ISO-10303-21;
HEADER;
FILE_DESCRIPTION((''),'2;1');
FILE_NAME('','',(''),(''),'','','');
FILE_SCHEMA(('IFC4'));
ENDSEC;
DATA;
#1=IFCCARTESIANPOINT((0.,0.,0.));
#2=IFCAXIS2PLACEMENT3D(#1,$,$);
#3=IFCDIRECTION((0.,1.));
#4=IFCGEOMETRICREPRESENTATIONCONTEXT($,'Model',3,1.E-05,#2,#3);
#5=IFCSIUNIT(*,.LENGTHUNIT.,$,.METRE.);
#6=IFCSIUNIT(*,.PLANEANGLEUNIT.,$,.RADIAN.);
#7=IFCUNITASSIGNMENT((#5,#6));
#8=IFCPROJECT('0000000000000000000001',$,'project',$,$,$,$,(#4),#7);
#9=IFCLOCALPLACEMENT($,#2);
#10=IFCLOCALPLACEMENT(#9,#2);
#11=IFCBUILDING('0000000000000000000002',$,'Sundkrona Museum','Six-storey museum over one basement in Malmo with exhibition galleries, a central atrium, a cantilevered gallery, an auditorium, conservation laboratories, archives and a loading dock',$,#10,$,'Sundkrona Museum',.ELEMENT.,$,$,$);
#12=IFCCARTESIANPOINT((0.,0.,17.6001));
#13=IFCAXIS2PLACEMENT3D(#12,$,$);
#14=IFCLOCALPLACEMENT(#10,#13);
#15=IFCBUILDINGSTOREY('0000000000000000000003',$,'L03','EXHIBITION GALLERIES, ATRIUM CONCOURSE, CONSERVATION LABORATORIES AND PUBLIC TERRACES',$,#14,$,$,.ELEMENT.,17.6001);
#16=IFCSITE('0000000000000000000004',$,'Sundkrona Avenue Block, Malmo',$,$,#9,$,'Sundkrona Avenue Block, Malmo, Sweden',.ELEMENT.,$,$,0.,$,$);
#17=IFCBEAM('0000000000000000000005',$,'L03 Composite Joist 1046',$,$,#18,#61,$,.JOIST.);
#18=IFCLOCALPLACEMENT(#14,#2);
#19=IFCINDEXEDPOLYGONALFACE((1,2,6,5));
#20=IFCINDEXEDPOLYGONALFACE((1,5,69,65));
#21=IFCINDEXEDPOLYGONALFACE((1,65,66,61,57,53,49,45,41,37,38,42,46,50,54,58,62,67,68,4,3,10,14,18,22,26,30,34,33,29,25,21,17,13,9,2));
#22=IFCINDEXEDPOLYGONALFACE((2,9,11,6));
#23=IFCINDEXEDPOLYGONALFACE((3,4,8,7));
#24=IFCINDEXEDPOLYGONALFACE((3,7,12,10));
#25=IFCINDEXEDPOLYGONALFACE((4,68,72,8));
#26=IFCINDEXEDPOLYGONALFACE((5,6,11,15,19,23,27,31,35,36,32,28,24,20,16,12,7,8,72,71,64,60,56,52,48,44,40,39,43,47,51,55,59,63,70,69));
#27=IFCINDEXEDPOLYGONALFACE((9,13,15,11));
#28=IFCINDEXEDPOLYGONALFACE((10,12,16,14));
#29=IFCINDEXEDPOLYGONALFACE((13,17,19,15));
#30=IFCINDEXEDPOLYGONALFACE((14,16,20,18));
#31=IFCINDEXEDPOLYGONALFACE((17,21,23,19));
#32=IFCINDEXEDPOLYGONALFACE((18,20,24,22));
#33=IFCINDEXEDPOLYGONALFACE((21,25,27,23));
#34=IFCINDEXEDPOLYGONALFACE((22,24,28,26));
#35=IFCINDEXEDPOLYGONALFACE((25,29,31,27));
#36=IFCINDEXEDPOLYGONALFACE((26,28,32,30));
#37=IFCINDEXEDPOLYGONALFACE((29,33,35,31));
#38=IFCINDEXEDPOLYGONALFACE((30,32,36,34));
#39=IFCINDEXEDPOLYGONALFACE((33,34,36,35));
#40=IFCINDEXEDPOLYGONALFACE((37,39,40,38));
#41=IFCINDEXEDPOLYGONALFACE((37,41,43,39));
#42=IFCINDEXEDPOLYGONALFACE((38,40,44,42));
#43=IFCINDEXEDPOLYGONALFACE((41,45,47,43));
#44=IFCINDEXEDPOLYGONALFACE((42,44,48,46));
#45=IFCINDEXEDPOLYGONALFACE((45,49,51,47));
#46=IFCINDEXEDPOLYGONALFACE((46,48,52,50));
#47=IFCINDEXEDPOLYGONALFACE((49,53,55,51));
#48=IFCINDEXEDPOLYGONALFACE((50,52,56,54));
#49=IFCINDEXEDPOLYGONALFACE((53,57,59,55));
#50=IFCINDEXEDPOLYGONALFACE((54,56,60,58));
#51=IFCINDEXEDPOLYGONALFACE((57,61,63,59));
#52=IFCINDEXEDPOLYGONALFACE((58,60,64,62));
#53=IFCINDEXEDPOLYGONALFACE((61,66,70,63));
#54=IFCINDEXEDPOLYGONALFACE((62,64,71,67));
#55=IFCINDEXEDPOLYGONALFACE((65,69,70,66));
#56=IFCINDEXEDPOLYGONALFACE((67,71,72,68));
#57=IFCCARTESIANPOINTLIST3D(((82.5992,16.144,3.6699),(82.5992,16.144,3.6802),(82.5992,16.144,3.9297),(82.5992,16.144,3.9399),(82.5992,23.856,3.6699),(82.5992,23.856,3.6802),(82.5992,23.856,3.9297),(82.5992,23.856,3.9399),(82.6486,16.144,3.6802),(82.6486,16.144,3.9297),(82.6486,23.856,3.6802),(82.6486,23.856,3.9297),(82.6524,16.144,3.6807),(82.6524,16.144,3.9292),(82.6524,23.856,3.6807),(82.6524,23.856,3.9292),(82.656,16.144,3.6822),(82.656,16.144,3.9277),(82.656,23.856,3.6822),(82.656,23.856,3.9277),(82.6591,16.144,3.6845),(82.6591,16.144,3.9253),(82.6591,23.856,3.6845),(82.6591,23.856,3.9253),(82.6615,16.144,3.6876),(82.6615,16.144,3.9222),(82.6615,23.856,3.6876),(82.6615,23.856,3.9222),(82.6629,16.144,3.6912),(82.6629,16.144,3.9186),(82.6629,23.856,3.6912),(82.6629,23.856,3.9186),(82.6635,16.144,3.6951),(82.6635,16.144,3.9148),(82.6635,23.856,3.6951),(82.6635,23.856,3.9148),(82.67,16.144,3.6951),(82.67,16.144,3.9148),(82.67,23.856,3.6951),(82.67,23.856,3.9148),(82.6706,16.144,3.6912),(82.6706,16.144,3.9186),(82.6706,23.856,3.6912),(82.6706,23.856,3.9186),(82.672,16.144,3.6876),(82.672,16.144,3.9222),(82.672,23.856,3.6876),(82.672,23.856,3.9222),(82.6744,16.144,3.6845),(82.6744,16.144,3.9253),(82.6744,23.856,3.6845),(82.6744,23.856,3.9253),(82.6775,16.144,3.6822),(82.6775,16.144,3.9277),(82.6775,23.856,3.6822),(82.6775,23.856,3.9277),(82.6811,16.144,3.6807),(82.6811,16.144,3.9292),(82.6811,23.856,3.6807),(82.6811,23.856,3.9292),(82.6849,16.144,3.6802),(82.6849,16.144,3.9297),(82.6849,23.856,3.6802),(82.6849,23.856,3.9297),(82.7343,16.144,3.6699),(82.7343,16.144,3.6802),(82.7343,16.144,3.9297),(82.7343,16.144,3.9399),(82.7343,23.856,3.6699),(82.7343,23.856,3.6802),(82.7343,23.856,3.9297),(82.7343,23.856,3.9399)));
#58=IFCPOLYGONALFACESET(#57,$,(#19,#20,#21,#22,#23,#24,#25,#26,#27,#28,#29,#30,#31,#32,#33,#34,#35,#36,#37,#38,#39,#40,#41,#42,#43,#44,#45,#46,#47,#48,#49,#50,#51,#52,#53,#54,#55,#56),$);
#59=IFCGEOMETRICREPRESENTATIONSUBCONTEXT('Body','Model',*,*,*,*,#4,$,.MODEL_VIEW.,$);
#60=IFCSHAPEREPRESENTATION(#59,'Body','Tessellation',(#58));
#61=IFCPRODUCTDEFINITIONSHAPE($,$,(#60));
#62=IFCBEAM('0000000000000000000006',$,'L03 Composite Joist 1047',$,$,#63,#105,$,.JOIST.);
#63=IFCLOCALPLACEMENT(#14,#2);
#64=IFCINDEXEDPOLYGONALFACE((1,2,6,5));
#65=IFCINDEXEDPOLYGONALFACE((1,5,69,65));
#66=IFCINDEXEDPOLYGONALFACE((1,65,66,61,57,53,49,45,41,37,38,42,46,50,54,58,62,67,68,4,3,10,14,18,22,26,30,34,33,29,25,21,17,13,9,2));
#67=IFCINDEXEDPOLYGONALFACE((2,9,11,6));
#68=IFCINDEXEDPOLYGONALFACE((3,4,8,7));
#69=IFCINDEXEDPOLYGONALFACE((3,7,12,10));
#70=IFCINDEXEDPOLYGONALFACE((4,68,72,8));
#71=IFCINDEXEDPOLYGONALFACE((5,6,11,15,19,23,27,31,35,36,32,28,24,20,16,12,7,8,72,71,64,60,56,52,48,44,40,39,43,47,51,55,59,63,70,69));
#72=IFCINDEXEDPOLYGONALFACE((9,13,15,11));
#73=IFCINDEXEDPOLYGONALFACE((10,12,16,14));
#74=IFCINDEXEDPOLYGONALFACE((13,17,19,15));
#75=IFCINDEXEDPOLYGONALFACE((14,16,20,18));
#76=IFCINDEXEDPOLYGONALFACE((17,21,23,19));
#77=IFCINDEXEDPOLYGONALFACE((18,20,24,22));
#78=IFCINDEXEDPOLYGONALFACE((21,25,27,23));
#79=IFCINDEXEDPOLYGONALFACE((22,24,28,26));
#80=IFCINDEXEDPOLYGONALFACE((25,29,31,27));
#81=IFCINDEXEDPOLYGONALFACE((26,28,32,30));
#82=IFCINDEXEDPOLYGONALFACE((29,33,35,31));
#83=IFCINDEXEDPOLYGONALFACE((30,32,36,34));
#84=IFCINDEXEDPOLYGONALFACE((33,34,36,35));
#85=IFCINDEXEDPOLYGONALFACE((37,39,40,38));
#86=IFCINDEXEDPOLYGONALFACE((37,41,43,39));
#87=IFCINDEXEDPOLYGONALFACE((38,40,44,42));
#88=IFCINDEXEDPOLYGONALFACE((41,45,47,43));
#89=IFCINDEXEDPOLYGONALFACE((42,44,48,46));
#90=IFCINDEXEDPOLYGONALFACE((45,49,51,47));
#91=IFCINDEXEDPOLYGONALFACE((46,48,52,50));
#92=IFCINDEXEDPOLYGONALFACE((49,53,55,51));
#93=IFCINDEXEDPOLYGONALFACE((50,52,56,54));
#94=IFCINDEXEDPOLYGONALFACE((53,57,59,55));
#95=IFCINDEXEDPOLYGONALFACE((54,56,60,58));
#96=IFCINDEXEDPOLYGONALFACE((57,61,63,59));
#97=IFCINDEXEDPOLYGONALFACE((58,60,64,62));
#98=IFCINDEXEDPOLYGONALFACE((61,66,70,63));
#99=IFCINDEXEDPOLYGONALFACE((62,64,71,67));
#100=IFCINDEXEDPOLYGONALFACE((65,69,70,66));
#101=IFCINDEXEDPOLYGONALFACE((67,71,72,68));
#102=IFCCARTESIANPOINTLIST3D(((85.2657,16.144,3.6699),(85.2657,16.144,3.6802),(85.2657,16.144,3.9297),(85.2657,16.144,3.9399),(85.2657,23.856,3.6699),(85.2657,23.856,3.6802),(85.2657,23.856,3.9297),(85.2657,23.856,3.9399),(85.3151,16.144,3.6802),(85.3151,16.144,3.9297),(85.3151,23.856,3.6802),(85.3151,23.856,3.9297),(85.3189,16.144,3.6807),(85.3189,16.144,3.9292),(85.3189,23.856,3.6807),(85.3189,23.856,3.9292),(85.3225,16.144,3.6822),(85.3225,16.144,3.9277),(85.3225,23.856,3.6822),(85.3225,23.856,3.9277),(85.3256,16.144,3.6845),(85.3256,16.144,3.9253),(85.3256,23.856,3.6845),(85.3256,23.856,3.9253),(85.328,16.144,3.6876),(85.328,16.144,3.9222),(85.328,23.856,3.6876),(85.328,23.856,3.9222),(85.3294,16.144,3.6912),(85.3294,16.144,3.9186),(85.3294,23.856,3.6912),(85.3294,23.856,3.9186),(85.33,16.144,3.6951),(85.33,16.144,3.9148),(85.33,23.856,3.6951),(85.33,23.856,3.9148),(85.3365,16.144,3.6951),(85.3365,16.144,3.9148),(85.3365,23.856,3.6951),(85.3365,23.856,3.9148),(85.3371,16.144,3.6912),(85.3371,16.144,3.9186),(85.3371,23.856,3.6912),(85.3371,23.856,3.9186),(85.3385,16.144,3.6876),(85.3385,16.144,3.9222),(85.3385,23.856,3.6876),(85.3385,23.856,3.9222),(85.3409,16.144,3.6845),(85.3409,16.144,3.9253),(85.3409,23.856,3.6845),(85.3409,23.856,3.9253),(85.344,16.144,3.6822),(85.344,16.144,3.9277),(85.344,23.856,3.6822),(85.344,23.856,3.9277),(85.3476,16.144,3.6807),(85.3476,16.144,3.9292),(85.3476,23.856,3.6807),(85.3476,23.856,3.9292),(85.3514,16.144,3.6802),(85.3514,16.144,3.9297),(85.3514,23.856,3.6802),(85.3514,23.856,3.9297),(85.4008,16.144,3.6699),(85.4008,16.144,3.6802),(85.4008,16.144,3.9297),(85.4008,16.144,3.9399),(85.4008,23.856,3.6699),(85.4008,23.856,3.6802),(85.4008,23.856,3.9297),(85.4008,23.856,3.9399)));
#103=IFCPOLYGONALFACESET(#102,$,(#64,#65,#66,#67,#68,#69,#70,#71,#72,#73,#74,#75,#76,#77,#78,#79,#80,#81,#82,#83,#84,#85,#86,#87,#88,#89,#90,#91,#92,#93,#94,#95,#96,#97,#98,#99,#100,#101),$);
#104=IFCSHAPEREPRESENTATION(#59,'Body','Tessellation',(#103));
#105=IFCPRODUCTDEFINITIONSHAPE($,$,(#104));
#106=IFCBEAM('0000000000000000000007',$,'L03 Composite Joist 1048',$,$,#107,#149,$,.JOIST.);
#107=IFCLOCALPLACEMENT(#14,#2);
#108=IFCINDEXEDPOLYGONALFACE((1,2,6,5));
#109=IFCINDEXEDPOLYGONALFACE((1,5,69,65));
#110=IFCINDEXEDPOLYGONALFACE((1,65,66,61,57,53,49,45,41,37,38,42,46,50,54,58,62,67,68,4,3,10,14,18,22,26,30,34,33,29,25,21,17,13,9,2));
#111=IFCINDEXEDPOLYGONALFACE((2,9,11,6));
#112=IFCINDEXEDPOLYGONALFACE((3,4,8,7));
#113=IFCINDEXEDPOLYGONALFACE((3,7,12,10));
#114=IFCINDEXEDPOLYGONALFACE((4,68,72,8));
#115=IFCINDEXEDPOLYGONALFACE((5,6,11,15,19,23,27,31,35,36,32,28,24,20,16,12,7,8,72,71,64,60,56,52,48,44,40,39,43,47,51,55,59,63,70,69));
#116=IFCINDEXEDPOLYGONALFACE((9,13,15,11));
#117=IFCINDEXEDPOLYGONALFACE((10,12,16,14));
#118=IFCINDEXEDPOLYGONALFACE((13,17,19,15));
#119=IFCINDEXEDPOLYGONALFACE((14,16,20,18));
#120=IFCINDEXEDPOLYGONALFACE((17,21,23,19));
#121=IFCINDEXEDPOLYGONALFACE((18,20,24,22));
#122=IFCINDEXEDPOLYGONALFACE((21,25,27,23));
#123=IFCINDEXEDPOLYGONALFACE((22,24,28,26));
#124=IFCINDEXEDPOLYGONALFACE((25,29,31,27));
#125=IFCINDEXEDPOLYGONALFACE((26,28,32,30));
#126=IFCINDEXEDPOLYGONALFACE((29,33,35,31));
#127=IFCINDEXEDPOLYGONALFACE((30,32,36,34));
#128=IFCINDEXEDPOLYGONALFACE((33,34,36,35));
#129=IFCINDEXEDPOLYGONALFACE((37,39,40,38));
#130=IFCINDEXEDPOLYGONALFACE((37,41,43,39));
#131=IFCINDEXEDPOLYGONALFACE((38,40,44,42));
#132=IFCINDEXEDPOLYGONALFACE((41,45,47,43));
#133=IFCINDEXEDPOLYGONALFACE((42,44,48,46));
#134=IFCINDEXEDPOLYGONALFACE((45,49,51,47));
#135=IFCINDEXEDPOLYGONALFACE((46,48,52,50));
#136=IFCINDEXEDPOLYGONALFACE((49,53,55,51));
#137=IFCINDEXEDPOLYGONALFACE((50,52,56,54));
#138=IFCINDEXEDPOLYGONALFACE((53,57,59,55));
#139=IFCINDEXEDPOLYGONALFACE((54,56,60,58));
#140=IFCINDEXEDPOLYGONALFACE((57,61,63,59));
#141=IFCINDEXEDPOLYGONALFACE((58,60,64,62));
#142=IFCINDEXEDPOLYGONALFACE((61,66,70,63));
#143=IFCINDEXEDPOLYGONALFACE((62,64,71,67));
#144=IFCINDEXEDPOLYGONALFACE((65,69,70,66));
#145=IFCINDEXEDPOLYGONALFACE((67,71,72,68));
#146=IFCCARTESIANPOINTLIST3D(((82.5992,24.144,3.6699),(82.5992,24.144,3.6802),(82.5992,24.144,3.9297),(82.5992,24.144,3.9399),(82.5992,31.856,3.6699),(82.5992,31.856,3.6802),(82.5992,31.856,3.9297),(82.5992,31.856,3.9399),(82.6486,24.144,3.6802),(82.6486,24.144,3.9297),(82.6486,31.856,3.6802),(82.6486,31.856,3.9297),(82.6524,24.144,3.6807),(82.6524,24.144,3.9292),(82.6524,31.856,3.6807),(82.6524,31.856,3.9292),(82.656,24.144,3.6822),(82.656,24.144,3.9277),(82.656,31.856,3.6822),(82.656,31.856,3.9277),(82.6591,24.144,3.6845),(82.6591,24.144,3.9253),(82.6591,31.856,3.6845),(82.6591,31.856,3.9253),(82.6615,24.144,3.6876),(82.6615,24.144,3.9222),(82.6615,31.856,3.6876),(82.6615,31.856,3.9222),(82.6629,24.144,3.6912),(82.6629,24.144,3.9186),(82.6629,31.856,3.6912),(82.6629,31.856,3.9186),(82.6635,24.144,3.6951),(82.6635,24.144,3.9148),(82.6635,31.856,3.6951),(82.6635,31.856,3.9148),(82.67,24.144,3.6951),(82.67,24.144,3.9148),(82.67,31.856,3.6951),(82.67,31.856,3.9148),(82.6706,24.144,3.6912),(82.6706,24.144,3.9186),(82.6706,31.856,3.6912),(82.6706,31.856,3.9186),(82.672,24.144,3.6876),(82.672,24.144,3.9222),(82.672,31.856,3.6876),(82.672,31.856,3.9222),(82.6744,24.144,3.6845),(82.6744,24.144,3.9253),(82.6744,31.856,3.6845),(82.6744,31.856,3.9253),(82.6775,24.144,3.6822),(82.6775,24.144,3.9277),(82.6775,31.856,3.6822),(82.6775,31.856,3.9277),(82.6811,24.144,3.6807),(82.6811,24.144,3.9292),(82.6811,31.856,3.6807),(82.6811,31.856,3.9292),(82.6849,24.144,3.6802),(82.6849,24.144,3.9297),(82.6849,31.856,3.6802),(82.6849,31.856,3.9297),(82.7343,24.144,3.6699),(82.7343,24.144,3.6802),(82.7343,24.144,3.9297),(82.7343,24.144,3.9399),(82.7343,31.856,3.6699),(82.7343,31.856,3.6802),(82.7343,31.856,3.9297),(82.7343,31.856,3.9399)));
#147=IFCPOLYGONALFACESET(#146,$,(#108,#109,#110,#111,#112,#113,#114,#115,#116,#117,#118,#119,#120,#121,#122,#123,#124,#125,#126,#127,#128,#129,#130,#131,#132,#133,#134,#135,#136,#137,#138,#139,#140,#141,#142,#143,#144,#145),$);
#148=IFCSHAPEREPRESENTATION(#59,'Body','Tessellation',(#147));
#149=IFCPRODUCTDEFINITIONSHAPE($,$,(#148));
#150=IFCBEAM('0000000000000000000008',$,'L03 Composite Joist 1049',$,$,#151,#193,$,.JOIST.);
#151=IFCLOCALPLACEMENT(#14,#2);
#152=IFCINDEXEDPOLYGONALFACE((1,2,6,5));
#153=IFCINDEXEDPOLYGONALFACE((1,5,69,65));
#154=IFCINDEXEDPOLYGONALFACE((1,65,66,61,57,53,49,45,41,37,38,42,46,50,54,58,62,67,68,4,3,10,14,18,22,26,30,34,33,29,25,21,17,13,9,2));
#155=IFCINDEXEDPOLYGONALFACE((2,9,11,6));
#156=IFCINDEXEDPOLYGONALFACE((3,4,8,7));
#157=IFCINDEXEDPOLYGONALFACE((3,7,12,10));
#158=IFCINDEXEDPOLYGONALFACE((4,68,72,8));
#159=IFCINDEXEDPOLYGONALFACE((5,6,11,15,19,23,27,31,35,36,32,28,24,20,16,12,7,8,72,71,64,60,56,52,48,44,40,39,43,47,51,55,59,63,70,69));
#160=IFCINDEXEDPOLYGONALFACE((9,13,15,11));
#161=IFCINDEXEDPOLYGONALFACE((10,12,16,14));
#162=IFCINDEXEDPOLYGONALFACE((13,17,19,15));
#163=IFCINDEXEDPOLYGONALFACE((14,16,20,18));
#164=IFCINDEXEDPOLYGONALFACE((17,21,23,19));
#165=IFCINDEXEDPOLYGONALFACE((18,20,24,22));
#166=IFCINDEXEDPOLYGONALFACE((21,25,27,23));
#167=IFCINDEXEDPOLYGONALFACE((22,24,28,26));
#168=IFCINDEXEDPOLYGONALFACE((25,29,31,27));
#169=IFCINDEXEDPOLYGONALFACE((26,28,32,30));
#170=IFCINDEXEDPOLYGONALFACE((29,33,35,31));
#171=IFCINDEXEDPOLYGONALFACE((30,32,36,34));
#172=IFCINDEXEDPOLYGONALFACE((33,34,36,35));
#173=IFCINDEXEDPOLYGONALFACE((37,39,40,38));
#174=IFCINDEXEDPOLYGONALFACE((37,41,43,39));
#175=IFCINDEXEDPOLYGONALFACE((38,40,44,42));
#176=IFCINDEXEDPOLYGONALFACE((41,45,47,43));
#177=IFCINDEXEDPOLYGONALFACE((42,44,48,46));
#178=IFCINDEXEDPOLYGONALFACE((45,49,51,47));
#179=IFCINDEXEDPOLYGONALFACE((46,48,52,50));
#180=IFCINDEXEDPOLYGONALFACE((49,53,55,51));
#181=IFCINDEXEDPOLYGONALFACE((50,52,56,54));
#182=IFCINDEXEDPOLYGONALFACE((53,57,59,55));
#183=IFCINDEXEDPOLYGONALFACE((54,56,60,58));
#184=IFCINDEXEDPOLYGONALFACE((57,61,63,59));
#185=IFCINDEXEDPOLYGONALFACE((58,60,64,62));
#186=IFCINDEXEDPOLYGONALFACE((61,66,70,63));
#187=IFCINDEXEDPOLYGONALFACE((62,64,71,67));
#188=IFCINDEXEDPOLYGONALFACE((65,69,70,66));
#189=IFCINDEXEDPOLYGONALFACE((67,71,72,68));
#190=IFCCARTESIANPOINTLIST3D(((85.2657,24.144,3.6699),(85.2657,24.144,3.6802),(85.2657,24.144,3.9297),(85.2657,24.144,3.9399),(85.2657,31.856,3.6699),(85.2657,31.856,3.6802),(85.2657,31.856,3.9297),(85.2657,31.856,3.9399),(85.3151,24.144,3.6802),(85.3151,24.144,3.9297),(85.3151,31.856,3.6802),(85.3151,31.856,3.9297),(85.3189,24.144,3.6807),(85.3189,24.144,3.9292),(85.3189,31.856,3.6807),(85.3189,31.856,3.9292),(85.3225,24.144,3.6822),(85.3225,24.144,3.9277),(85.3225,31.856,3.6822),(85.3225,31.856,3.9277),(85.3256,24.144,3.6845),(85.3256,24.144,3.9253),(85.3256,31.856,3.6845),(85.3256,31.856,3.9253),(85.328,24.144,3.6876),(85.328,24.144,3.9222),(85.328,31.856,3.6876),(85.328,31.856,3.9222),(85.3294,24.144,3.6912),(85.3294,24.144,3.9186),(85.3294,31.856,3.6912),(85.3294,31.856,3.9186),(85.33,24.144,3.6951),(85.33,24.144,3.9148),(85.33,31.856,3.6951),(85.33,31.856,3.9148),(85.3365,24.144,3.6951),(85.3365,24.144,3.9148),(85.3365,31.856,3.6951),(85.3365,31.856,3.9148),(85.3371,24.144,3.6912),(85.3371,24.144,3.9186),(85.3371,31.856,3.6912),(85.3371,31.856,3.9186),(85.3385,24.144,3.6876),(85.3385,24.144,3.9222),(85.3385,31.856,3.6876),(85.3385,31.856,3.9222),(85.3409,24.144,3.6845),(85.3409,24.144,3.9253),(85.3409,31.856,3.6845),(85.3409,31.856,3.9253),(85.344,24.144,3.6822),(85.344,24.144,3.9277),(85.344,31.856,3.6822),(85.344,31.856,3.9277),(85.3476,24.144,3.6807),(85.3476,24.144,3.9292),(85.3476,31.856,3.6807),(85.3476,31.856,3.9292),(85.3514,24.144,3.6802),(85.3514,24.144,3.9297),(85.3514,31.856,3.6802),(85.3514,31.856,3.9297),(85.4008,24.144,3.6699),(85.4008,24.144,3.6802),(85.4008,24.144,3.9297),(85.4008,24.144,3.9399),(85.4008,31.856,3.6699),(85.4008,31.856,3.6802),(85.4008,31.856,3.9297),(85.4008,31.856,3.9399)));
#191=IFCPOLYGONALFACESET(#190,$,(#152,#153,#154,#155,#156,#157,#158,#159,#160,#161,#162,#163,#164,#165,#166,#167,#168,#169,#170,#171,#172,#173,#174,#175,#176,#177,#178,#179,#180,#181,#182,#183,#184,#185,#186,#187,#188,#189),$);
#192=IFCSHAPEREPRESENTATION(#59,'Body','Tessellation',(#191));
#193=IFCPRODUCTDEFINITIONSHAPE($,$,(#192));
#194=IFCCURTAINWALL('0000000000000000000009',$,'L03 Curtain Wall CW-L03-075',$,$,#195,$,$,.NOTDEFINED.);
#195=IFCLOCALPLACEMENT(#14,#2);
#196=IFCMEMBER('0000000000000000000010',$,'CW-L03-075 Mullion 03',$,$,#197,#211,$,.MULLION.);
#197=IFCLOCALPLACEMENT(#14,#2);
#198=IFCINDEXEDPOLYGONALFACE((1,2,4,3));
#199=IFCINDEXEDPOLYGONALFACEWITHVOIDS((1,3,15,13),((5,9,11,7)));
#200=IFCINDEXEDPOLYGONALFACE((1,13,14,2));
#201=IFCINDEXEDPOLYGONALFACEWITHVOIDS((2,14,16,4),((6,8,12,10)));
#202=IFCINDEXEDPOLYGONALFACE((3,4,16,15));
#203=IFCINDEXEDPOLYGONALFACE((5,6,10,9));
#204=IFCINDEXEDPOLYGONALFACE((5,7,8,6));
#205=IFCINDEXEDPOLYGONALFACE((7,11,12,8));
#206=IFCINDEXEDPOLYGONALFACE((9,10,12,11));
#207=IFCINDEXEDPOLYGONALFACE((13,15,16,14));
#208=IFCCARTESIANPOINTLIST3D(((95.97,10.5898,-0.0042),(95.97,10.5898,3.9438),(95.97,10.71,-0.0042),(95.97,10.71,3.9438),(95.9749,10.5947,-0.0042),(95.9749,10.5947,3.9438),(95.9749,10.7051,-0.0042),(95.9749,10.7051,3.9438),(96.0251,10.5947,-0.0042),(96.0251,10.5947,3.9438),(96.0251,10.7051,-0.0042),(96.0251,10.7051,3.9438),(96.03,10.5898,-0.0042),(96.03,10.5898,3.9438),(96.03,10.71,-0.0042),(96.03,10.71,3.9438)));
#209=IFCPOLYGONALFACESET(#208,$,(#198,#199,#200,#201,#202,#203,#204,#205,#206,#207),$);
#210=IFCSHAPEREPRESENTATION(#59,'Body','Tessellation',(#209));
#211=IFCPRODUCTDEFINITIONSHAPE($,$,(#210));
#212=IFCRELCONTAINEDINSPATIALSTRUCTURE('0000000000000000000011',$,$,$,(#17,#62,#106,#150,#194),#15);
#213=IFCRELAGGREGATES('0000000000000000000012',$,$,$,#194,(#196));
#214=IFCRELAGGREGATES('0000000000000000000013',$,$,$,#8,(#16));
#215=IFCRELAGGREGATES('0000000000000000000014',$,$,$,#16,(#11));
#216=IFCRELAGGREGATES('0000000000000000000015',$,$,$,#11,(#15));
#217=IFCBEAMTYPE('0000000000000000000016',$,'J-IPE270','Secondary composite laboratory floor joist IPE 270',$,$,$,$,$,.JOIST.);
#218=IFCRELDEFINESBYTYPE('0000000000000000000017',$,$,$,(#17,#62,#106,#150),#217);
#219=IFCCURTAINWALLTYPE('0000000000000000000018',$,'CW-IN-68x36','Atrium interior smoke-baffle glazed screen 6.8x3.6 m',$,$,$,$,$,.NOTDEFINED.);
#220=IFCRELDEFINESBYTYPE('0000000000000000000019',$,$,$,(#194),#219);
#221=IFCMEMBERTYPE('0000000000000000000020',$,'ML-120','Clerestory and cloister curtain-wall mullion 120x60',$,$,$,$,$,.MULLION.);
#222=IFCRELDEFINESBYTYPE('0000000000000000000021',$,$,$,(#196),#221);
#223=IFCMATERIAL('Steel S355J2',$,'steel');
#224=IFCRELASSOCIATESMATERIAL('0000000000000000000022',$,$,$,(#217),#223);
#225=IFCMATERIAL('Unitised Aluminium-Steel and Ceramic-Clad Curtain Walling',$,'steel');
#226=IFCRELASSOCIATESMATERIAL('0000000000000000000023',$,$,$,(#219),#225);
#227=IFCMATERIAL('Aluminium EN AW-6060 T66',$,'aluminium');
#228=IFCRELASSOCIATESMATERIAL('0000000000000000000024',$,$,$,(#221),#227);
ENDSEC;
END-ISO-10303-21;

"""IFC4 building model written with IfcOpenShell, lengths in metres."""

from ifc_helpers import new_model, si_unit, direction, frame, origin, origin_2d, place, context, subcontext, project, spatial, hollow_rectangle, i_section, extrude, material, material_profile, profile_set, type_object, element, aggregate, save


model = new_model("IFC4")

# Units and contexts
model_context = context("Model", 3, precision=1e-05, world=origin(), true_north=direction((0.0, 1.0)))
body_context = subcontext(model_context, "Body", "Model", "MODEL_VIEW")
ifc_project = project(units=[si_unit("LENGTHUNIT", "METRE"), si_unit("PLANEANGLEUNIT", "RADIAN")], contexts=[model_context])

# Site, building, storey
site_placement = place(None, origin())
site = spatial("IfcSite", under=ifc_project, at=site_placement, Name="Sundkrona Avenue Block, Malmo", LongName="Sundkrona Avenue Block, Malmo, Sweden", CompositionType="ELEMENT", RefElevation=0.0)
building_placement = place(site_placement, origin())
building = spatial("IfcBuilding", under=site, at=building_placement, Name="Sundkrona Museum", Description="Six-storey museum over one basement in Malmo with exhibition galleries, a central atrium, a cantilevered gallery, an auditorium, conservation laboratories, archives and a loading dock", LongName="Sundkrona Museum", CompositionType="ELEMENT")
storey_placement = place(building_placement, frame((0.0, 0.0, 17.6001)))
storey = spatial("IfcBuildingStorey", under=building, at=storey_placement, Name="L03", Description="EXHIBITION GALLERIES, ATRIUM CONCOURSE, CONSERVATION LABORATORIES AND PUBLIC TERRACES", CompositionType="ELEMENT", Elevation=17.6001)

# Shared definitions
ifc_material_1 = material(Name="Steel S355J2", Category="steel")

# Beams
ifc_material_profile_1 = material_profile(ifc_material_1, i_section(OverallWidth=0.135, OverallDepth=0.27, WebThickness=0.0066, FlangeThickness=0.0103, FilletRadius=0.0149, at=origin_2d()), Name="IPE 270")
ifc_profile_set_1 = profile_set([ifc_material_profile_1], Name="Steel S355J2")
beam_type_1 = type_object("IfcBeamType", Name="J-IPE270", Description="Secondary composite laboratory floor joist IPE 270", PredefinedType="JOIST", material=ifc_profile_set_1)
for number, where, z_axis, x_axis, name in (
    (1, (82.6667, 16.144, 3.8049), (0.0, 1.0, 0.0), (-1.0, 0.0, 0.0), "L03 Composite Joist 1046"),
    (2, (85.3333, 16.144, 3.8049), (0.0, 1.0, 0.0), (-1.0, 0.0, 0.0), "L03 Composite Joist 1047"),
    (3, (82.6667, 24.144, 3.8049), (0.0, 1.0, 0.0), (-1.0, 0.0, 0.0), "L03 Composite Joist 1048"),
    (4, (85.3333, 24.144, 3.8049), (0.0, 1.0, 0.0), (-1.0, 0.0, 0.0), "L03 Composite Joist 1049"),
):
    element("IfcBeam", number, at=place(storey_placement, frame(where, z_axis=z_axis, x_axis=x_axis)), inside=storey, type_object=beam_type_1, Name=name, PredefinedType="JOIST", context=body_context, shape_type="SweptSolid", body=[
        extrude(i_section(OverallWidth=0.135, OverallDepth=0.27, WebThickness=0.0066, FlangeThickness=0.0103, FilletRadius=0.0149, at=origin_2d()), origin(), (0.0, 0.0, 1.0), 7.7119),
    ])

# Curtain wall, member
ifc_material_2 = material(Name="Unitised Aluminium-Steel and Ceramic-Clad Curtain Walling", Category="steel")
curtain_wall_type = type_object("IfcCurtainWallType", Name="CW-IN-68x36", Description="Atrium interior smoke-baffle glazed screen 6.8x3.6 m", PredefinedType="NOTDEFINED", material=ifc_material_2)
curtain_wall_placement = place(storey_placement, origin())
curtain_wall = element("IfcCurtainWall", 5, at=curtain_wall_placement, inside=storey, type_object=curtain_wall_type, Name="L03 Curtain Wall CW-L03-075", PredefinedType="NOTDEFINED")
ifc_material_3 = material(Name="Aluminium EN AW-6060 T66", Category="aluminium")
ifc_material_profile_2 = material_profile(ifc_material_3, hollow_rectangle(XDim=0.0601, YDim=0.1201, WallThickness=0.0049, at=origin_2d()), Name="RHS 120x60x5.0")
ifc_profile_set_2 = profile_set([ifc_material_profile_2], Name="Aluminium EN AW-6060 T66")
member_type_1 = type_object("IfcMemberType", Name="ML-120", Description="Clerestory and cloister curtain-wall mullion 120x60", PredefinedType="MULLION", material=ifc_profile_set_2)
member_1_placement = place(storey_placement, frame((96.0, 10.6499, -0.0042), z_axis=(0.0, 0.0, 1.0), x_axis=(1.0, 0.0, 0.0)))
member_1 = element("IfcMember", 6, at=member_1_placement, type_object=member_type_1, Name="CW-L03-075 Mullion 03", PredefinedType="MULLION", context=body_context, shape_type="SweptSolid", body=[
    extrude(hollow_rectangle(XDim=0.0601, YDim=0.1201, WallThickness=0.0049, at=origin_2d()), origin(), (0.0, 0.0, 1.0), 3.948),
])
aggregate(curtain_wall, [member_1])

save(model, "model.ifc")
